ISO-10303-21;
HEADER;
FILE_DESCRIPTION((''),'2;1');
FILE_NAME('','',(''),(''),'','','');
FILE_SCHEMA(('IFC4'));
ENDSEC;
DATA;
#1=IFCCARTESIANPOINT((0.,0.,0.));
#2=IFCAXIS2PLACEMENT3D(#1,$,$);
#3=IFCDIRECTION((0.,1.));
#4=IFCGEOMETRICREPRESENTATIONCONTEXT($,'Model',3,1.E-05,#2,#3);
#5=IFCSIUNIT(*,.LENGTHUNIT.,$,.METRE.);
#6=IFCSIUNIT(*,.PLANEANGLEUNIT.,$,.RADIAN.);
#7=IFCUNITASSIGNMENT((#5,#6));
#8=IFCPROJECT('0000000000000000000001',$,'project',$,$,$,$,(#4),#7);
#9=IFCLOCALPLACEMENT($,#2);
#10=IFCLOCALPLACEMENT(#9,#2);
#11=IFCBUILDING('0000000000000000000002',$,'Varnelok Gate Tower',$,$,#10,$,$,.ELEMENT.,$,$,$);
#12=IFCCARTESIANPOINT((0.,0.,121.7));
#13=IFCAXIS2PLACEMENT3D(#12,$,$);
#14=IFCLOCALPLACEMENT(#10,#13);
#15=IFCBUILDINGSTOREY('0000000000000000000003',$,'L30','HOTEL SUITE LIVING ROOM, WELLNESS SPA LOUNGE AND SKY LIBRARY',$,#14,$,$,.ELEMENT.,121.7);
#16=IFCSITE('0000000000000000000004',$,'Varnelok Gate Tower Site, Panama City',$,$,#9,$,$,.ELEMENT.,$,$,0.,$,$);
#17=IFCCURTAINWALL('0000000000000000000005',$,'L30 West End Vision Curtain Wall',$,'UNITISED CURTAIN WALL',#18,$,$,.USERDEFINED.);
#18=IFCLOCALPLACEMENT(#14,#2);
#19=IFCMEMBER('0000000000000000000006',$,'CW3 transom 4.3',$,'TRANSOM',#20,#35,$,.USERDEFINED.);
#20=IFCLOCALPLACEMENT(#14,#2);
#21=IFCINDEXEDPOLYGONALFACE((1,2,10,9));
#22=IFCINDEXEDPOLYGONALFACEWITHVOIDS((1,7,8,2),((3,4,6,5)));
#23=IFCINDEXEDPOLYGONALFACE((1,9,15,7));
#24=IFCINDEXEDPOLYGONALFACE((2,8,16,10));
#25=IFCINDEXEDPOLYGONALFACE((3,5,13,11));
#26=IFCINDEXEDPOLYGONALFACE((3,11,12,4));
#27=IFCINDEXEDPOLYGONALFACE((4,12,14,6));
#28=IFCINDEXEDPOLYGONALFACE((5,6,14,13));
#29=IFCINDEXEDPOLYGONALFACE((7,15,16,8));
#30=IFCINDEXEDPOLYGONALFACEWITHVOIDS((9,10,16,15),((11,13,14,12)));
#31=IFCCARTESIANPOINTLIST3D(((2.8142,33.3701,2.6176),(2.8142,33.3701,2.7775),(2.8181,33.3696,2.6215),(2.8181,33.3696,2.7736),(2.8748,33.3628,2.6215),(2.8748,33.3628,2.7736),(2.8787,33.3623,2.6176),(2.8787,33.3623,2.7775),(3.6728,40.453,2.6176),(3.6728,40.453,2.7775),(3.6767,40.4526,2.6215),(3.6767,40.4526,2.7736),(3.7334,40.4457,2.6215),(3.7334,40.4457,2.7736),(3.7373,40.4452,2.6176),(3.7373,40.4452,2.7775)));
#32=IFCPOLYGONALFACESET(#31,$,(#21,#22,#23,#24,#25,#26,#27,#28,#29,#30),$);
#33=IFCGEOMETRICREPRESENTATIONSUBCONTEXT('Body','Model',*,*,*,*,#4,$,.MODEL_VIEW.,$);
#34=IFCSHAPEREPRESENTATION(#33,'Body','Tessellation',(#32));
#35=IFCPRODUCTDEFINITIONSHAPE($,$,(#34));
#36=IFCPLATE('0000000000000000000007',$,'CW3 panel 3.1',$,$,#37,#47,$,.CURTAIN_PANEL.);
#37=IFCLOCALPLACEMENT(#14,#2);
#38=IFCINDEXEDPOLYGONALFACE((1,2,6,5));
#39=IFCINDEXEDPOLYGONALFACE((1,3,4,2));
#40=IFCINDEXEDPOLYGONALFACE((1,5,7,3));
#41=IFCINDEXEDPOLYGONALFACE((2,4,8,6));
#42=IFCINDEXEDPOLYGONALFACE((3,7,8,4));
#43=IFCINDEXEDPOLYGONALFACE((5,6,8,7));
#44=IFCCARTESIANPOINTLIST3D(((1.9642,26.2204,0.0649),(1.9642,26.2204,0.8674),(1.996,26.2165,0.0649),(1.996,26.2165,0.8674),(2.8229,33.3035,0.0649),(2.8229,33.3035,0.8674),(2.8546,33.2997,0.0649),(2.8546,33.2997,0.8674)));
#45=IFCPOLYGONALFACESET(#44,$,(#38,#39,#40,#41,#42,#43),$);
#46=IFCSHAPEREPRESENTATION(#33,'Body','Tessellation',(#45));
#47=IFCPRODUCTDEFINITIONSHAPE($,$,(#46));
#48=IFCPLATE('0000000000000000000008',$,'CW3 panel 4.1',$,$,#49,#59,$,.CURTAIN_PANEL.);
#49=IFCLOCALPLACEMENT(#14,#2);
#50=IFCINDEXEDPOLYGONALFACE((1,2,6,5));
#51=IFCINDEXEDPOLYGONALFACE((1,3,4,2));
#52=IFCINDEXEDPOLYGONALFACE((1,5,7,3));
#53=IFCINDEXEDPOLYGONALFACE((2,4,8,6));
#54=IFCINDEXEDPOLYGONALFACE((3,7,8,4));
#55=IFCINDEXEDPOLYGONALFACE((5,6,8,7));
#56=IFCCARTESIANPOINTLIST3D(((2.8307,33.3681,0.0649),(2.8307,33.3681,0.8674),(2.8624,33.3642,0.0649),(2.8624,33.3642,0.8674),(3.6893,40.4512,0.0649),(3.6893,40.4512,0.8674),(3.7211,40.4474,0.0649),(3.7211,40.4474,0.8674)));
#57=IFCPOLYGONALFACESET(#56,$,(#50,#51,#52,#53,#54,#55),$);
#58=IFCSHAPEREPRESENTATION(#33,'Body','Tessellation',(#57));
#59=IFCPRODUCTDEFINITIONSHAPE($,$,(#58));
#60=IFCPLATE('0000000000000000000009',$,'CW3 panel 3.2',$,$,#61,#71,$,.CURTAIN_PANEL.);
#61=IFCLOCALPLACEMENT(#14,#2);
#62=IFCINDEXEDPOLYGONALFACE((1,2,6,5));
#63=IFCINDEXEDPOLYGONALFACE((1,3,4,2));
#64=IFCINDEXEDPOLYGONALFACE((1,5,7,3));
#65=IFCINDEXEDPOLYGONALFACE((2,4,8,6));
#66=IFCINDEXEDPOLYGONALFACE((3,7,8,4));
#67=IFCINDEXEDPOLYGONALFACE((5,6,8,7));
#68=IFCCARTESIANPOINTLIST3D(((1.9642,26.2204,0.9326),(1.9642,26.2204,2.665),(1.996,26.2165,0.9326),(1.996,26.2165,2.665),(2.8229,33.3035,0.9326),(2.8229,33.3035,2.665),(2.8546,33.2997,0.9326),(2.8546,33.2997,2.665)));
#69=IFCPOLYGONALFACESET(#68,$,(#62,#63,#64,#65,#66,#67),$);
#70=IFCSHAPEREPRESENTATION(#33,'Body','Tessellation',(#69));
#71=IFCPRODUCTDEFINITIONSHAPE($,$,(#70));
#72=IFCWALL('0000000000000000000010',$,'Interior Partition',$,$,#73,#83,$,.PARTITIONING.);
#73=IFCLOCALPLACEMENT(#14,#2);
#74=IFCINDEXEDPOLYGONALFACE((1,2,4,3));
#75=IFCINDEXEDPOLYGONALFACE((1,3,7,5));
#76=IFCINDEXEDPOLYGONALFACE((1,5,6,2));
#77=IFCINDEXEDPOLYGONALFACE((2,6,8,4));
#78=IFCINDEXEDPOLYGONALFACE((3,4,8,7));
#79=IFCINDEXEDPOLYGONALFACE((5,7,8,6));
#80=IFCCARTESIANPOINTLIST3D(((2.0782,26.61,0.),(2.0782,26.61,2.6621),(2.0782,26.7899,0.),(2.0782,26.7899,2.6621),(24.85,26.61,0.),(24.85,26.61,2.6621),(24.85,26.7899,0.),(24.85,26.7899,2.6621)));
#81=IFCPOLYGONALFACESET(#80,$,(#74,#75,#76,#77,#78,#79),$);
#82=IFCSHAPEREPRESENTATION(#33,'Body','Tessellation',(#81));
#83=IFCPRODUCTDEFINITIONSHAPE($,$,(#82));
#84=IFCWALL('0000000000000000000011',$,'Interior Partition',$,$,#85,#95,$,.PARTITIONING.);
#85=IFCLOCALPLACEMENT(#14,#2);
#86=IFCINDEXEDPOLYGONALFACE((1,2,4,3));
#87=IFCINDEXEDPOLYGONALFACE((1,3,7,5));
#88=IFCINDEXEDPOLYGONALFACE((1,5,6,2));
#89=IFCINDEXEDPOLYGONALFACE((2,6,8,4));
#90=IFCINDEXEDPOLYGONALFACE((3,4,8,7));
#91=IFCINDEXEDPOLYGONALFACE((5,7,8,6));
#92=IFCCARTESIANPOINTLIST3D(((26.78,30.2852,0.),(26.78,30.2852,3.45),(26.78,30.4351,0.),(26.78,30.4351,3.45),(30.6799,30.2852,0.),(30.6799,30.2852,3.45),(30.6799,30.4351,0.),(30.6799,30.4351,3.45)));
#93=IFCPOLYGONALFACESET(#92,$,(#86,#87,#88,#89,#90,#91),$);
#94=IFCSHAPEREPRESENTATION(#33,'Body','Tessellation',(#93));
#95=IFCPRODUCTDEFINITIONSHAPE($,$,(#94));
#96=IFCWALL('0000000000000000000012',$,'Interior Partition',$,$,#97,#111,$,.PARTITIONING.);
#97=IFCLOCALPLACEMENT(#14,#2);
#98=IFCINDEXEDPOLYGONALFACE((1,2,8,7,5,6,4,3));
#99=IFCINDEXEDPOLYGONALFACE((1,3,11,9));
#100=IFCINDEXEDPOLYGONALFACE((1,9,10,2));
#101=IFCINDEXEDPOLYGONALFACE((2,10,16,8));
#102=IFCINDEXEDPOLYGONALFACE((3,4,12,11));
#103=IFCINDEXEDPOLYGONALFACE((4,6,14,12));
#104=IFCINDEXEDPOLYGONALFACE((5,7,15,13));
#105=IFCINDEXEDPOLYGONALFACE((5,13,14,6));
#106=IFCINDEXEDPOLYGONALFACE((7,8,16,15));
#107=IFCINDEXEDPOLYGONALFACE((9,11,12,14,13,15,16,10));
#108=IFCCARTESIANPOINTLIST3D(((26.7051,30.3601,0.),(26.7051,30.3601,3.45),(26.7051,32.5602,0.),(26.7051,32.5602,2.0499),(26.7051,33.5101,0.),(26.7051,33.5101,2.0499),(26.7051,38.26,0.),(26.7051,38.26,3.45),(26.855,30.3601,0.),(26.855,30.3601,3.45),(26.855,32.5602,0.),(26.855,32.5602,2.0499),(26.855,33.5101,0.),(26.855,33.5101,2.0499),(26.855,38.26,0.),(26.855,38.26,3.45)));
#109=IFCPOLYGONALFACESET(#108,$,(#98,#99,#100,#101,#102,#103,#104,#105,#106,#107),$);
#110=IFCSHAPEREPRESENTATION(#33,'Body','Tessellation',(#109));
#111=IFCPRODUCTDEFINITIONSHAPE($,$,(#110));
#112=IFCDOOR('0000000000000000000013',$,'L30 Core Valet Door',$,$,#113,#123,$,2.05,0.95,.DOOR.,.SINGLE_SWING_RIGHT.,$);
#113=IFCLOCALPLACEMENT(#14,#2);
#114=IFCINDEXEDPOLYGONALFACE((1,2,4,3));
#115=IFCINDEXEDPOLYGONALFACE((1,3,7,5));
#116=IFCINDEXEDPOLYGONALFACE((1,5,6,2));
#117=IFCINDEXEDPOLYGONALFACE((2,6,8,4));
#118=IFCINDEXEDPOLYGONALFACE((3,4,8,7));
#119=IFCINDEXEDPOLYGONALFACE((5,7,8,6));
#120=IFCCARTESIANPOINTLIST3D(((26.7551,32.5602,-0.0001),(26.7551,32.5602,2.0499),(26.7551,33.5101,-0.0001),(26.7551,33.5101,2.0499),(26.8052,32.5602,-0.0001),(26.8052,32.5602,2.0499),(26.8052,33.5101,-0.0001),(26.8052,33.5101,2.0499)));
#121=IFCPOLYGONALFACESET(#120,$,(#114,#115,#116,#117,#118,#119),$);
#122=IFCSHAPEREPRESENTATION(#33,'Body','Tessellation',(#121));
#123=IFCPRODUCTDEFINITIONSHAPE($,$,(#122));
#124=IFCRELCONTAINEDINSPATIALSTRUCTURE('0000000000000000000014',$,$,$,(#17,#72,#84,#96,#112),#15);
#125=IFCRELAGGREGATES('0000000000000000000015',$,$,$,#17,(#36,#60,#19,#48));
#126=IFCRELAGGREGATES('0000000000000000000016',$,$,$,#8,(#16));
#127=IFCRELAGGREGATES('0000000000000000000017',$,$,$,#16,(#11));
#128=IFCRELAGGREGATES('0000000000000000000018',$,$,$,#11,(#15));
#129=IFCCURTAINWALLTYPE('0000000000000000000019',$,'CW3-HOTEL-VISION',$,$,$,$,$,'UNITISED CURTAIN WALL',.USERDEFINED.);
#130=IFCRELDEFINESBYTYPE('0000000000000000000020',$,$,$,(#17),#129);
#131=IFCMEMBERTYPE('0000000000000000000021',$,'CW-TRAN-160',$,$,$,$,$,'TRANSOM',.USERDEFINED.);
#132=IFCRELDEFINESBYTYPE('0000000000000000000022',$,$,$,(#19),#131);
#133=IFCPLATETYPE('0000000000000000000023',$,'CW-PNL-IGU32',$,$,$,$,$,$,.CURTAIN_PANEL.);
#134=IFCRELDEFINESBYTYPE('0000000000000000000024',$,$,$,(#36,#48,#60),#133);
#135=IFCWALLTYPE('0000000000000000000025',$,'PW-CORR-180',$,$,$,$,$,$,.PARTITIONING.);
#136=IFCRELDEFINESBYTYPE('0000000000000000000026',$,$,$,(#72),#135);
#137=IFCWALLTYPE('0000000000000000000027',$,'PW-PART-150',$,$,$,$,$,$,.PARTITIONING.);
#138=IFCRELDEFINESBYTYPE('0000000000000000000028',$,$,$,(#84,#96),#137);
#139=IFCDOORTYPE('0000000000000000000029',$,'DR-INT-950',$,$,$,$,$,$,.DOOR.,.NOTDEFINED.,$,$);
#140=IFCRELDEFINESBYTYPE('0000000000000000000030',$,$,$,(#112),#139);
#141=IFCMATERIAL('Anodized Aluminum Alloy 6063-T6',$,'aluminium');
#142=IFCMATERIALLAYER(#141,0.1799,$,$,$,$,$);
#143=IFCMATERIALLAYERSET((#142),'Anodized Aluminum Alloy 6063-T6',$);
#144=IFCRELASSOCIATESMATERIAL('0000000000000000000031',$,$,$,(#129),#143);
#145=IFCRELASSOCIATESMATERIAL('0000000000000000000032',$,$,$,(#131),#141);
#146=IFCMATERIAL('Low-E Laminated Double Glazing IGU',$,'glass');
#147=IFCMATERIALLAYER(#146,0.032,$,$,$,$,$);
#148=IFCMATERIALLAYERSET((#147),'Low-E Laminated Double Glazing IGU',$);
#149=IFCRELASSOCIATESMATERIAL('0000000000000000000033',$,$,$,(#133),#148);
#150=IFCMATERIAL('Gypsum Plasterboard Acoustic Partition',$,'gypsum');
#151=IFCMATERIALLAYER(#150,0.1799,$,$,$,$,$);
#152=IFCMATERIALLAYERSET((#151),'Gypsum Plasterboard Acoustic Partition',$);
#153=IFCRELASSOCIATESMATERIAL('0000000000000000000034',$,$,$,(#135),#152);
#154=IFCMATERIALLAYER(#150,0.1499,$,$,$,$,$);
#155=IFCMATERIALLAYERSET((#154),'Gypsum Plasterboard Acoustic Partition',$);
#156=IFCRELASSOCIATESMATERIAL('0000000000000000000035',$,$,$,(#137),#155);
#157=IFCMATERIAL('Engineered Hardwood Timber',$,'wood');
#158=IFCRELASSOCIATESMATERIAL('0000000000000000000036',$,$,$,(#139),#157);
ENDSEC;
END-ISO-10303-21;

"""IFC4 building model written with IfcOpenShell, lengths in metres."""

from ifc_helpers import new_model, si_unit, direction, frame, frame_2d, origin, origin_2d, place, context, subcontext, project, spatial, rectangle, hollow_rectangle, extrude, source, transform, mapped, material, layer, layer_set, material_profile, profile_set, type_object, element, fill, aggregate, save


model = new_model("IFC4")

# Units and contexts
model_context = context("Model", 3, precision=1e-05, world=origin(), true_north=direction((0.0, 1.0)))
body_context = subcontext(model_context, "Body", "Model", "MODEL_VIEW")
ifc_project = project(units=[si_unit("LENGTHUNIT", "METRE"), si_unit("PLANEANGLEUNIT", "RADIAN")], contexts=[model_context])

# Site, building, storey
site_placement = place(None, origin())
site = spatial("IfcSite", under=ifc_project, at=site_placement, Name="Varnelok Gate Tower Site, Panama City", CompositionType="ELEMENT", RefElevation=0.0)
building_placement = place(site_placement, origin())
building = spatial("IfcBuilding", under=site, at=building_placement, Name="Varnelok Gate Tower", CompositionType="ELEMENT")
storey_placement = place(building_placement, frame((0.0, 0.0, 121.7)))
storey = spatial("IfcBuildingStorey", under=building, at=storey_placement, Name="L30", Description="HOTEL SUITE LIVING ROOM, WELLNESS SPA LOUNGE AND SKY LIBRARY", CompositionType="ELEMENT", Elevation=121.7)

# Curtain wall, member, plates
ifc_material_1 = material(Name="Anodized Aluminum Alloy 6063-T6", Category="aluminium")
ifc_layer_1 = layer(ifc_material_1, 0.1799)
ifc_layer_set_1 = layer_set([ifc_layer_1], Name="Anodized Aluminum Alloy 6063-T6")
curtain_wall_type = type_object("IfcCurtainWallType", Name="CW3-HOTEL-VISION", ElementType="UNITISED CURTAIN WALL", PredefinedType="USERDEFINED", material=ifc_layer_set_1)
curtain_wall_placement = place(storey_placement, origin())
curtain_wall = element("IfcCurtainWall", 1, at=curtain_wall_placement, inside=storey, type_object=curtain_wall_type, Name="L30 West End Vision Curtain Wall", ObjectType="UNITISED CURTAIN WALL", PredefinedType="USERDEFINED")
ifc_material_profile_1 = material_profile(ifc_material_1, hollow_rectangle(XDim=0.0649, YDim=0.1599, WallThickness=0.0039, at=origin_2d()), Name="ALU160X65X4")
ifc_profile_set_1 = profile_set([ifc_material_profile_1], Name="Anodized Aluminum Alloy 6063-T6")
member_type_1 = type_object("IfcMemberType", Name="CW-TRAN-160", ElementType="TRANSOM", PredefinedType="USERDEFINED", material=ifc_profile_set_1)
member_1_placement = place(storey_placement, frame((2.8464, 33.3662, 2.6975), z_axis=(0.120345, 0.992732, 0.0), x_axis=(-0.992732, 0.120345, 0.0)))
member_1 = element("IfcMember", 2, at=member_1_placement, type_object=member_type_1, Name="CW3 transom 4.3", ObjectType="TRANSOM", PredefinedType="USERDEFINED", context=body_context, shape_type="SweptSolid", body=[
    extrude(hollow_rectangle(XDim=0.0649, YDim=0.1599, WallThickness=0.0039, at=origin_2d()), origin(), (0.0, 0.0, 1.0), 7.1348),
])
ifc_material_2 = material(Name="Low-E Laminated Double Glazing IGU", Category="glass")
ifc_layer_2 = layer(ifc_material_2, 0.032)
ifc_layer_set_2 = layer_set([ifc_layer_2], Name="Low-E Laminated Double Glazing IGU")
plate_type = type_object("IfcPlateType", Name="CW-PNL-IGU32", PredefinedType="CURTAIN_PANEL", material=ifc_layer_set_2)
shared_shape_1 = source(origin(), body_context, "Body", "SweptSolid", [
    extrude(rectangle(XDim=7.135, YDim=0.032, at=origin_2d()), origin(), (0.0, 0.0, 1.0), 0.8025),
])
plate_1_placement = place(storey_placement, frame((2.4094, 29.76, 0.0649), z_axis=(0.0, 0.0, 1.0), x_axis=(0.120347, 0.992732, 0.0)))
plate_1 = element("IfcPlate", 3, at=plate_1_placement, type_object=plate_type, Name="CW3 panel 3.1", PredefinedType="CURTAIN_PANEL", context=body_context, shape_type="MappedRepresentation", body=[
    mapped(shared_shape_1, transform((0.0, 0.0, 0.0), scale=1.0)),
])
plate_2_placement = place(storey_placement, frame((3.2759, 36.9077, 0.0649), z_axis=(0.0, 0.0, 1.0), x_axis=(0.120347, 0.992732, 0.0)))
plate_2 = element("IfcPlate", 4, at=plate_2_placement, type_object=plate_type, Name="CW3 panel 4.1", PredefinedType="CURTAIN_PANEL", context=body_context, shape_type="MappedRepresentation", body=[
    mapped(shared_shape_1, transform((0.0, 0.0, 0.0), scale=1.0)),
])
shared_shape_2 = source(origin(), body_context, "Body", "SweptSolid", [
    extrude(rectangle(XDim=7.135, YDim=0.032, at=origin_2d()), origin(), (0.0, 0.0, 1.0), 1.7324),
])
plate_3_placement = place(storey_placement, frame((2.4094, 29.76, 0.9326), z_axis=(0.0, 0.0, 1.0), x_axis=(0.120347, 0.992732, 0.0)))
plate_3 = element("IfcPlate", 5, at=plate_3_placement, type_object=plate_type, Name="CW3 panel 3.2", PredefinedType="CURTAIN_PANEL", context=body_context, shape_type="MappedRepresentation", body=[
    mapped(shared_shape_2, transform((0.0, 0.0, 0.0), scale=1.0)),
])
aggregate(curtain_wall, [plate_1, plate_3, member_1, plate_2])

# Walls
ifc_material_3 = material(Name="Gypsum Plasterboard Acoustic Partition", Category="gypsum")
ifc_layer_3 = layer(ifc_material_3, 0.1799)
ifc_layer_set_3 = layer_set([ifc_layer_3], Name="Gypsum Plasterboard Acoustic Partition")
wall_type_1 = type_object("IfcWallType", Name="PW-CORR-180", PredefinedType="PARTITIONING", material=ifc_layer_set_3)
wall_1_placement = place(storey_placement, frame((2.0784, 26.7, 0.0), z_axis=(0.0, 0.0, 1.0), x_axis=(1.0, 0.0, 0.0)))
element("IfcWall", 6, at=wall_1_placement, inside=storey, type_object=wall_type_1, Name="Interior Partition", PredefinedType="PARTITIONING", context=body_context, shape_type="SweptSolid", body=[
    extrude(rectangle(XDim=22.7717, YDim=0.1799, at=frame_2d((11.3857, 0.0))), origin(), (0.0, 0.0, 1.0), 2.6621),
])
ifc_layer_4 = layer(ifc_material_3, 0.1499)
ifc_layer_set_4 = layer_set([ifc_layer_4], Name="Gypsum Plasterboard Acoustic Partition")
wall_type_2 = type_object("IfcWallType", Name="PW-PART-150", PredefinedType="PARTITIONING", material=ifc_layer_set_4)
wall_2_placement = place(storey_placement, frame((26.78, 30.3601, 0.0), z_axis=(0.0, 0.0, 1.0), x_axis=(1.0, 0.0, 0.0)))
element("IfcWall", 7, at=wall_2_placement, inside=storey, type_object=wall_type_2, Name="Interior Partition", PredefinedType="PARTITIONING", context=body_context, shape_type="SweptSolid", body=[
    extrude(rectangle(XDim=3.8999, YDim=0.1499, at=frame_2d((1.95, 0.0))), origin(), (0.0, 0.0, 1.0), 3.45),
])

# Wall, opening, door
wall_3_placement = place(storey_placement, frame((26.78, 30.3601, 0.0), z_axis=(0.0, 0.0, 1.0), x_axis=(0.0, 1.0, 0.0)))
wall_3 = element("IfcWall", 8, at=wall_3_placement, inside=storey, type_object=wall_type_2, Name="Interior Partition", PredefinedType="PARTITIONING", context=body_context, shape_type="SweptSolid", body=[
    extrude(rectangle(XDim=7.8999, YDim=0.1499, at=frame_2d((3.95, 0.0))), origin(), (0.0, 0.0, 1.0), 3.45),
])
opening_placement = place(wall_3_placement, frame((2.2, 0.0, 0.0)))
opening = element("IfcOpeningElement", 9, at=opening_placement, cuts=wall_3, PredefinedType="OPENING", context=body_context, shape_type="SweptSolid", body=[
    extrude(rectangle(XDim=0.95, YDim=2.05, at=frame_2d((0.4751, 1.0249))), frame((0.0, 0.085, 0.0), z_axis=(0.0, -1.0, 0.0), x_axis=(1.0, 0.0, 0.0)), (0.0, 0.0, 1.0), 0.1699),
])
ifc_material_4 = material(Name="Engineered Hardwood Timber", Category="wood")
door_type = type_object("IfcDoorType", Name="DR-INT-950", OperationType="NOTDEFINED", PredefinedType="DOOR", material=ifc_material_4)
door_placement = place(opening_placement, origin())
door = element("IfcDoor", 10, at=door_placement, inside=storey, type_object=door_type, Name="L30 Core Valet Door", OperationType="SINGLE_SWING_RIGHT", OverallHeight=2.05, OverallWidth=0.95, PredefinedType="DOOR", context=body_context, shape_type="SweptSolid", body=[
    extrude(rectangle(XDim=0.95, YDim=2.05, at=frame_2d((0.4751, 1.0249))), frame((0.0, 0.0249, 0.0), z_axis=(0.0, -1.0, 0.0), x_axis=(1.0, 0.0, 0.0)), (0.0, 0.0, 1.0), 0.05),
])
fill(opening, door)

save(model, "model.ifc")
